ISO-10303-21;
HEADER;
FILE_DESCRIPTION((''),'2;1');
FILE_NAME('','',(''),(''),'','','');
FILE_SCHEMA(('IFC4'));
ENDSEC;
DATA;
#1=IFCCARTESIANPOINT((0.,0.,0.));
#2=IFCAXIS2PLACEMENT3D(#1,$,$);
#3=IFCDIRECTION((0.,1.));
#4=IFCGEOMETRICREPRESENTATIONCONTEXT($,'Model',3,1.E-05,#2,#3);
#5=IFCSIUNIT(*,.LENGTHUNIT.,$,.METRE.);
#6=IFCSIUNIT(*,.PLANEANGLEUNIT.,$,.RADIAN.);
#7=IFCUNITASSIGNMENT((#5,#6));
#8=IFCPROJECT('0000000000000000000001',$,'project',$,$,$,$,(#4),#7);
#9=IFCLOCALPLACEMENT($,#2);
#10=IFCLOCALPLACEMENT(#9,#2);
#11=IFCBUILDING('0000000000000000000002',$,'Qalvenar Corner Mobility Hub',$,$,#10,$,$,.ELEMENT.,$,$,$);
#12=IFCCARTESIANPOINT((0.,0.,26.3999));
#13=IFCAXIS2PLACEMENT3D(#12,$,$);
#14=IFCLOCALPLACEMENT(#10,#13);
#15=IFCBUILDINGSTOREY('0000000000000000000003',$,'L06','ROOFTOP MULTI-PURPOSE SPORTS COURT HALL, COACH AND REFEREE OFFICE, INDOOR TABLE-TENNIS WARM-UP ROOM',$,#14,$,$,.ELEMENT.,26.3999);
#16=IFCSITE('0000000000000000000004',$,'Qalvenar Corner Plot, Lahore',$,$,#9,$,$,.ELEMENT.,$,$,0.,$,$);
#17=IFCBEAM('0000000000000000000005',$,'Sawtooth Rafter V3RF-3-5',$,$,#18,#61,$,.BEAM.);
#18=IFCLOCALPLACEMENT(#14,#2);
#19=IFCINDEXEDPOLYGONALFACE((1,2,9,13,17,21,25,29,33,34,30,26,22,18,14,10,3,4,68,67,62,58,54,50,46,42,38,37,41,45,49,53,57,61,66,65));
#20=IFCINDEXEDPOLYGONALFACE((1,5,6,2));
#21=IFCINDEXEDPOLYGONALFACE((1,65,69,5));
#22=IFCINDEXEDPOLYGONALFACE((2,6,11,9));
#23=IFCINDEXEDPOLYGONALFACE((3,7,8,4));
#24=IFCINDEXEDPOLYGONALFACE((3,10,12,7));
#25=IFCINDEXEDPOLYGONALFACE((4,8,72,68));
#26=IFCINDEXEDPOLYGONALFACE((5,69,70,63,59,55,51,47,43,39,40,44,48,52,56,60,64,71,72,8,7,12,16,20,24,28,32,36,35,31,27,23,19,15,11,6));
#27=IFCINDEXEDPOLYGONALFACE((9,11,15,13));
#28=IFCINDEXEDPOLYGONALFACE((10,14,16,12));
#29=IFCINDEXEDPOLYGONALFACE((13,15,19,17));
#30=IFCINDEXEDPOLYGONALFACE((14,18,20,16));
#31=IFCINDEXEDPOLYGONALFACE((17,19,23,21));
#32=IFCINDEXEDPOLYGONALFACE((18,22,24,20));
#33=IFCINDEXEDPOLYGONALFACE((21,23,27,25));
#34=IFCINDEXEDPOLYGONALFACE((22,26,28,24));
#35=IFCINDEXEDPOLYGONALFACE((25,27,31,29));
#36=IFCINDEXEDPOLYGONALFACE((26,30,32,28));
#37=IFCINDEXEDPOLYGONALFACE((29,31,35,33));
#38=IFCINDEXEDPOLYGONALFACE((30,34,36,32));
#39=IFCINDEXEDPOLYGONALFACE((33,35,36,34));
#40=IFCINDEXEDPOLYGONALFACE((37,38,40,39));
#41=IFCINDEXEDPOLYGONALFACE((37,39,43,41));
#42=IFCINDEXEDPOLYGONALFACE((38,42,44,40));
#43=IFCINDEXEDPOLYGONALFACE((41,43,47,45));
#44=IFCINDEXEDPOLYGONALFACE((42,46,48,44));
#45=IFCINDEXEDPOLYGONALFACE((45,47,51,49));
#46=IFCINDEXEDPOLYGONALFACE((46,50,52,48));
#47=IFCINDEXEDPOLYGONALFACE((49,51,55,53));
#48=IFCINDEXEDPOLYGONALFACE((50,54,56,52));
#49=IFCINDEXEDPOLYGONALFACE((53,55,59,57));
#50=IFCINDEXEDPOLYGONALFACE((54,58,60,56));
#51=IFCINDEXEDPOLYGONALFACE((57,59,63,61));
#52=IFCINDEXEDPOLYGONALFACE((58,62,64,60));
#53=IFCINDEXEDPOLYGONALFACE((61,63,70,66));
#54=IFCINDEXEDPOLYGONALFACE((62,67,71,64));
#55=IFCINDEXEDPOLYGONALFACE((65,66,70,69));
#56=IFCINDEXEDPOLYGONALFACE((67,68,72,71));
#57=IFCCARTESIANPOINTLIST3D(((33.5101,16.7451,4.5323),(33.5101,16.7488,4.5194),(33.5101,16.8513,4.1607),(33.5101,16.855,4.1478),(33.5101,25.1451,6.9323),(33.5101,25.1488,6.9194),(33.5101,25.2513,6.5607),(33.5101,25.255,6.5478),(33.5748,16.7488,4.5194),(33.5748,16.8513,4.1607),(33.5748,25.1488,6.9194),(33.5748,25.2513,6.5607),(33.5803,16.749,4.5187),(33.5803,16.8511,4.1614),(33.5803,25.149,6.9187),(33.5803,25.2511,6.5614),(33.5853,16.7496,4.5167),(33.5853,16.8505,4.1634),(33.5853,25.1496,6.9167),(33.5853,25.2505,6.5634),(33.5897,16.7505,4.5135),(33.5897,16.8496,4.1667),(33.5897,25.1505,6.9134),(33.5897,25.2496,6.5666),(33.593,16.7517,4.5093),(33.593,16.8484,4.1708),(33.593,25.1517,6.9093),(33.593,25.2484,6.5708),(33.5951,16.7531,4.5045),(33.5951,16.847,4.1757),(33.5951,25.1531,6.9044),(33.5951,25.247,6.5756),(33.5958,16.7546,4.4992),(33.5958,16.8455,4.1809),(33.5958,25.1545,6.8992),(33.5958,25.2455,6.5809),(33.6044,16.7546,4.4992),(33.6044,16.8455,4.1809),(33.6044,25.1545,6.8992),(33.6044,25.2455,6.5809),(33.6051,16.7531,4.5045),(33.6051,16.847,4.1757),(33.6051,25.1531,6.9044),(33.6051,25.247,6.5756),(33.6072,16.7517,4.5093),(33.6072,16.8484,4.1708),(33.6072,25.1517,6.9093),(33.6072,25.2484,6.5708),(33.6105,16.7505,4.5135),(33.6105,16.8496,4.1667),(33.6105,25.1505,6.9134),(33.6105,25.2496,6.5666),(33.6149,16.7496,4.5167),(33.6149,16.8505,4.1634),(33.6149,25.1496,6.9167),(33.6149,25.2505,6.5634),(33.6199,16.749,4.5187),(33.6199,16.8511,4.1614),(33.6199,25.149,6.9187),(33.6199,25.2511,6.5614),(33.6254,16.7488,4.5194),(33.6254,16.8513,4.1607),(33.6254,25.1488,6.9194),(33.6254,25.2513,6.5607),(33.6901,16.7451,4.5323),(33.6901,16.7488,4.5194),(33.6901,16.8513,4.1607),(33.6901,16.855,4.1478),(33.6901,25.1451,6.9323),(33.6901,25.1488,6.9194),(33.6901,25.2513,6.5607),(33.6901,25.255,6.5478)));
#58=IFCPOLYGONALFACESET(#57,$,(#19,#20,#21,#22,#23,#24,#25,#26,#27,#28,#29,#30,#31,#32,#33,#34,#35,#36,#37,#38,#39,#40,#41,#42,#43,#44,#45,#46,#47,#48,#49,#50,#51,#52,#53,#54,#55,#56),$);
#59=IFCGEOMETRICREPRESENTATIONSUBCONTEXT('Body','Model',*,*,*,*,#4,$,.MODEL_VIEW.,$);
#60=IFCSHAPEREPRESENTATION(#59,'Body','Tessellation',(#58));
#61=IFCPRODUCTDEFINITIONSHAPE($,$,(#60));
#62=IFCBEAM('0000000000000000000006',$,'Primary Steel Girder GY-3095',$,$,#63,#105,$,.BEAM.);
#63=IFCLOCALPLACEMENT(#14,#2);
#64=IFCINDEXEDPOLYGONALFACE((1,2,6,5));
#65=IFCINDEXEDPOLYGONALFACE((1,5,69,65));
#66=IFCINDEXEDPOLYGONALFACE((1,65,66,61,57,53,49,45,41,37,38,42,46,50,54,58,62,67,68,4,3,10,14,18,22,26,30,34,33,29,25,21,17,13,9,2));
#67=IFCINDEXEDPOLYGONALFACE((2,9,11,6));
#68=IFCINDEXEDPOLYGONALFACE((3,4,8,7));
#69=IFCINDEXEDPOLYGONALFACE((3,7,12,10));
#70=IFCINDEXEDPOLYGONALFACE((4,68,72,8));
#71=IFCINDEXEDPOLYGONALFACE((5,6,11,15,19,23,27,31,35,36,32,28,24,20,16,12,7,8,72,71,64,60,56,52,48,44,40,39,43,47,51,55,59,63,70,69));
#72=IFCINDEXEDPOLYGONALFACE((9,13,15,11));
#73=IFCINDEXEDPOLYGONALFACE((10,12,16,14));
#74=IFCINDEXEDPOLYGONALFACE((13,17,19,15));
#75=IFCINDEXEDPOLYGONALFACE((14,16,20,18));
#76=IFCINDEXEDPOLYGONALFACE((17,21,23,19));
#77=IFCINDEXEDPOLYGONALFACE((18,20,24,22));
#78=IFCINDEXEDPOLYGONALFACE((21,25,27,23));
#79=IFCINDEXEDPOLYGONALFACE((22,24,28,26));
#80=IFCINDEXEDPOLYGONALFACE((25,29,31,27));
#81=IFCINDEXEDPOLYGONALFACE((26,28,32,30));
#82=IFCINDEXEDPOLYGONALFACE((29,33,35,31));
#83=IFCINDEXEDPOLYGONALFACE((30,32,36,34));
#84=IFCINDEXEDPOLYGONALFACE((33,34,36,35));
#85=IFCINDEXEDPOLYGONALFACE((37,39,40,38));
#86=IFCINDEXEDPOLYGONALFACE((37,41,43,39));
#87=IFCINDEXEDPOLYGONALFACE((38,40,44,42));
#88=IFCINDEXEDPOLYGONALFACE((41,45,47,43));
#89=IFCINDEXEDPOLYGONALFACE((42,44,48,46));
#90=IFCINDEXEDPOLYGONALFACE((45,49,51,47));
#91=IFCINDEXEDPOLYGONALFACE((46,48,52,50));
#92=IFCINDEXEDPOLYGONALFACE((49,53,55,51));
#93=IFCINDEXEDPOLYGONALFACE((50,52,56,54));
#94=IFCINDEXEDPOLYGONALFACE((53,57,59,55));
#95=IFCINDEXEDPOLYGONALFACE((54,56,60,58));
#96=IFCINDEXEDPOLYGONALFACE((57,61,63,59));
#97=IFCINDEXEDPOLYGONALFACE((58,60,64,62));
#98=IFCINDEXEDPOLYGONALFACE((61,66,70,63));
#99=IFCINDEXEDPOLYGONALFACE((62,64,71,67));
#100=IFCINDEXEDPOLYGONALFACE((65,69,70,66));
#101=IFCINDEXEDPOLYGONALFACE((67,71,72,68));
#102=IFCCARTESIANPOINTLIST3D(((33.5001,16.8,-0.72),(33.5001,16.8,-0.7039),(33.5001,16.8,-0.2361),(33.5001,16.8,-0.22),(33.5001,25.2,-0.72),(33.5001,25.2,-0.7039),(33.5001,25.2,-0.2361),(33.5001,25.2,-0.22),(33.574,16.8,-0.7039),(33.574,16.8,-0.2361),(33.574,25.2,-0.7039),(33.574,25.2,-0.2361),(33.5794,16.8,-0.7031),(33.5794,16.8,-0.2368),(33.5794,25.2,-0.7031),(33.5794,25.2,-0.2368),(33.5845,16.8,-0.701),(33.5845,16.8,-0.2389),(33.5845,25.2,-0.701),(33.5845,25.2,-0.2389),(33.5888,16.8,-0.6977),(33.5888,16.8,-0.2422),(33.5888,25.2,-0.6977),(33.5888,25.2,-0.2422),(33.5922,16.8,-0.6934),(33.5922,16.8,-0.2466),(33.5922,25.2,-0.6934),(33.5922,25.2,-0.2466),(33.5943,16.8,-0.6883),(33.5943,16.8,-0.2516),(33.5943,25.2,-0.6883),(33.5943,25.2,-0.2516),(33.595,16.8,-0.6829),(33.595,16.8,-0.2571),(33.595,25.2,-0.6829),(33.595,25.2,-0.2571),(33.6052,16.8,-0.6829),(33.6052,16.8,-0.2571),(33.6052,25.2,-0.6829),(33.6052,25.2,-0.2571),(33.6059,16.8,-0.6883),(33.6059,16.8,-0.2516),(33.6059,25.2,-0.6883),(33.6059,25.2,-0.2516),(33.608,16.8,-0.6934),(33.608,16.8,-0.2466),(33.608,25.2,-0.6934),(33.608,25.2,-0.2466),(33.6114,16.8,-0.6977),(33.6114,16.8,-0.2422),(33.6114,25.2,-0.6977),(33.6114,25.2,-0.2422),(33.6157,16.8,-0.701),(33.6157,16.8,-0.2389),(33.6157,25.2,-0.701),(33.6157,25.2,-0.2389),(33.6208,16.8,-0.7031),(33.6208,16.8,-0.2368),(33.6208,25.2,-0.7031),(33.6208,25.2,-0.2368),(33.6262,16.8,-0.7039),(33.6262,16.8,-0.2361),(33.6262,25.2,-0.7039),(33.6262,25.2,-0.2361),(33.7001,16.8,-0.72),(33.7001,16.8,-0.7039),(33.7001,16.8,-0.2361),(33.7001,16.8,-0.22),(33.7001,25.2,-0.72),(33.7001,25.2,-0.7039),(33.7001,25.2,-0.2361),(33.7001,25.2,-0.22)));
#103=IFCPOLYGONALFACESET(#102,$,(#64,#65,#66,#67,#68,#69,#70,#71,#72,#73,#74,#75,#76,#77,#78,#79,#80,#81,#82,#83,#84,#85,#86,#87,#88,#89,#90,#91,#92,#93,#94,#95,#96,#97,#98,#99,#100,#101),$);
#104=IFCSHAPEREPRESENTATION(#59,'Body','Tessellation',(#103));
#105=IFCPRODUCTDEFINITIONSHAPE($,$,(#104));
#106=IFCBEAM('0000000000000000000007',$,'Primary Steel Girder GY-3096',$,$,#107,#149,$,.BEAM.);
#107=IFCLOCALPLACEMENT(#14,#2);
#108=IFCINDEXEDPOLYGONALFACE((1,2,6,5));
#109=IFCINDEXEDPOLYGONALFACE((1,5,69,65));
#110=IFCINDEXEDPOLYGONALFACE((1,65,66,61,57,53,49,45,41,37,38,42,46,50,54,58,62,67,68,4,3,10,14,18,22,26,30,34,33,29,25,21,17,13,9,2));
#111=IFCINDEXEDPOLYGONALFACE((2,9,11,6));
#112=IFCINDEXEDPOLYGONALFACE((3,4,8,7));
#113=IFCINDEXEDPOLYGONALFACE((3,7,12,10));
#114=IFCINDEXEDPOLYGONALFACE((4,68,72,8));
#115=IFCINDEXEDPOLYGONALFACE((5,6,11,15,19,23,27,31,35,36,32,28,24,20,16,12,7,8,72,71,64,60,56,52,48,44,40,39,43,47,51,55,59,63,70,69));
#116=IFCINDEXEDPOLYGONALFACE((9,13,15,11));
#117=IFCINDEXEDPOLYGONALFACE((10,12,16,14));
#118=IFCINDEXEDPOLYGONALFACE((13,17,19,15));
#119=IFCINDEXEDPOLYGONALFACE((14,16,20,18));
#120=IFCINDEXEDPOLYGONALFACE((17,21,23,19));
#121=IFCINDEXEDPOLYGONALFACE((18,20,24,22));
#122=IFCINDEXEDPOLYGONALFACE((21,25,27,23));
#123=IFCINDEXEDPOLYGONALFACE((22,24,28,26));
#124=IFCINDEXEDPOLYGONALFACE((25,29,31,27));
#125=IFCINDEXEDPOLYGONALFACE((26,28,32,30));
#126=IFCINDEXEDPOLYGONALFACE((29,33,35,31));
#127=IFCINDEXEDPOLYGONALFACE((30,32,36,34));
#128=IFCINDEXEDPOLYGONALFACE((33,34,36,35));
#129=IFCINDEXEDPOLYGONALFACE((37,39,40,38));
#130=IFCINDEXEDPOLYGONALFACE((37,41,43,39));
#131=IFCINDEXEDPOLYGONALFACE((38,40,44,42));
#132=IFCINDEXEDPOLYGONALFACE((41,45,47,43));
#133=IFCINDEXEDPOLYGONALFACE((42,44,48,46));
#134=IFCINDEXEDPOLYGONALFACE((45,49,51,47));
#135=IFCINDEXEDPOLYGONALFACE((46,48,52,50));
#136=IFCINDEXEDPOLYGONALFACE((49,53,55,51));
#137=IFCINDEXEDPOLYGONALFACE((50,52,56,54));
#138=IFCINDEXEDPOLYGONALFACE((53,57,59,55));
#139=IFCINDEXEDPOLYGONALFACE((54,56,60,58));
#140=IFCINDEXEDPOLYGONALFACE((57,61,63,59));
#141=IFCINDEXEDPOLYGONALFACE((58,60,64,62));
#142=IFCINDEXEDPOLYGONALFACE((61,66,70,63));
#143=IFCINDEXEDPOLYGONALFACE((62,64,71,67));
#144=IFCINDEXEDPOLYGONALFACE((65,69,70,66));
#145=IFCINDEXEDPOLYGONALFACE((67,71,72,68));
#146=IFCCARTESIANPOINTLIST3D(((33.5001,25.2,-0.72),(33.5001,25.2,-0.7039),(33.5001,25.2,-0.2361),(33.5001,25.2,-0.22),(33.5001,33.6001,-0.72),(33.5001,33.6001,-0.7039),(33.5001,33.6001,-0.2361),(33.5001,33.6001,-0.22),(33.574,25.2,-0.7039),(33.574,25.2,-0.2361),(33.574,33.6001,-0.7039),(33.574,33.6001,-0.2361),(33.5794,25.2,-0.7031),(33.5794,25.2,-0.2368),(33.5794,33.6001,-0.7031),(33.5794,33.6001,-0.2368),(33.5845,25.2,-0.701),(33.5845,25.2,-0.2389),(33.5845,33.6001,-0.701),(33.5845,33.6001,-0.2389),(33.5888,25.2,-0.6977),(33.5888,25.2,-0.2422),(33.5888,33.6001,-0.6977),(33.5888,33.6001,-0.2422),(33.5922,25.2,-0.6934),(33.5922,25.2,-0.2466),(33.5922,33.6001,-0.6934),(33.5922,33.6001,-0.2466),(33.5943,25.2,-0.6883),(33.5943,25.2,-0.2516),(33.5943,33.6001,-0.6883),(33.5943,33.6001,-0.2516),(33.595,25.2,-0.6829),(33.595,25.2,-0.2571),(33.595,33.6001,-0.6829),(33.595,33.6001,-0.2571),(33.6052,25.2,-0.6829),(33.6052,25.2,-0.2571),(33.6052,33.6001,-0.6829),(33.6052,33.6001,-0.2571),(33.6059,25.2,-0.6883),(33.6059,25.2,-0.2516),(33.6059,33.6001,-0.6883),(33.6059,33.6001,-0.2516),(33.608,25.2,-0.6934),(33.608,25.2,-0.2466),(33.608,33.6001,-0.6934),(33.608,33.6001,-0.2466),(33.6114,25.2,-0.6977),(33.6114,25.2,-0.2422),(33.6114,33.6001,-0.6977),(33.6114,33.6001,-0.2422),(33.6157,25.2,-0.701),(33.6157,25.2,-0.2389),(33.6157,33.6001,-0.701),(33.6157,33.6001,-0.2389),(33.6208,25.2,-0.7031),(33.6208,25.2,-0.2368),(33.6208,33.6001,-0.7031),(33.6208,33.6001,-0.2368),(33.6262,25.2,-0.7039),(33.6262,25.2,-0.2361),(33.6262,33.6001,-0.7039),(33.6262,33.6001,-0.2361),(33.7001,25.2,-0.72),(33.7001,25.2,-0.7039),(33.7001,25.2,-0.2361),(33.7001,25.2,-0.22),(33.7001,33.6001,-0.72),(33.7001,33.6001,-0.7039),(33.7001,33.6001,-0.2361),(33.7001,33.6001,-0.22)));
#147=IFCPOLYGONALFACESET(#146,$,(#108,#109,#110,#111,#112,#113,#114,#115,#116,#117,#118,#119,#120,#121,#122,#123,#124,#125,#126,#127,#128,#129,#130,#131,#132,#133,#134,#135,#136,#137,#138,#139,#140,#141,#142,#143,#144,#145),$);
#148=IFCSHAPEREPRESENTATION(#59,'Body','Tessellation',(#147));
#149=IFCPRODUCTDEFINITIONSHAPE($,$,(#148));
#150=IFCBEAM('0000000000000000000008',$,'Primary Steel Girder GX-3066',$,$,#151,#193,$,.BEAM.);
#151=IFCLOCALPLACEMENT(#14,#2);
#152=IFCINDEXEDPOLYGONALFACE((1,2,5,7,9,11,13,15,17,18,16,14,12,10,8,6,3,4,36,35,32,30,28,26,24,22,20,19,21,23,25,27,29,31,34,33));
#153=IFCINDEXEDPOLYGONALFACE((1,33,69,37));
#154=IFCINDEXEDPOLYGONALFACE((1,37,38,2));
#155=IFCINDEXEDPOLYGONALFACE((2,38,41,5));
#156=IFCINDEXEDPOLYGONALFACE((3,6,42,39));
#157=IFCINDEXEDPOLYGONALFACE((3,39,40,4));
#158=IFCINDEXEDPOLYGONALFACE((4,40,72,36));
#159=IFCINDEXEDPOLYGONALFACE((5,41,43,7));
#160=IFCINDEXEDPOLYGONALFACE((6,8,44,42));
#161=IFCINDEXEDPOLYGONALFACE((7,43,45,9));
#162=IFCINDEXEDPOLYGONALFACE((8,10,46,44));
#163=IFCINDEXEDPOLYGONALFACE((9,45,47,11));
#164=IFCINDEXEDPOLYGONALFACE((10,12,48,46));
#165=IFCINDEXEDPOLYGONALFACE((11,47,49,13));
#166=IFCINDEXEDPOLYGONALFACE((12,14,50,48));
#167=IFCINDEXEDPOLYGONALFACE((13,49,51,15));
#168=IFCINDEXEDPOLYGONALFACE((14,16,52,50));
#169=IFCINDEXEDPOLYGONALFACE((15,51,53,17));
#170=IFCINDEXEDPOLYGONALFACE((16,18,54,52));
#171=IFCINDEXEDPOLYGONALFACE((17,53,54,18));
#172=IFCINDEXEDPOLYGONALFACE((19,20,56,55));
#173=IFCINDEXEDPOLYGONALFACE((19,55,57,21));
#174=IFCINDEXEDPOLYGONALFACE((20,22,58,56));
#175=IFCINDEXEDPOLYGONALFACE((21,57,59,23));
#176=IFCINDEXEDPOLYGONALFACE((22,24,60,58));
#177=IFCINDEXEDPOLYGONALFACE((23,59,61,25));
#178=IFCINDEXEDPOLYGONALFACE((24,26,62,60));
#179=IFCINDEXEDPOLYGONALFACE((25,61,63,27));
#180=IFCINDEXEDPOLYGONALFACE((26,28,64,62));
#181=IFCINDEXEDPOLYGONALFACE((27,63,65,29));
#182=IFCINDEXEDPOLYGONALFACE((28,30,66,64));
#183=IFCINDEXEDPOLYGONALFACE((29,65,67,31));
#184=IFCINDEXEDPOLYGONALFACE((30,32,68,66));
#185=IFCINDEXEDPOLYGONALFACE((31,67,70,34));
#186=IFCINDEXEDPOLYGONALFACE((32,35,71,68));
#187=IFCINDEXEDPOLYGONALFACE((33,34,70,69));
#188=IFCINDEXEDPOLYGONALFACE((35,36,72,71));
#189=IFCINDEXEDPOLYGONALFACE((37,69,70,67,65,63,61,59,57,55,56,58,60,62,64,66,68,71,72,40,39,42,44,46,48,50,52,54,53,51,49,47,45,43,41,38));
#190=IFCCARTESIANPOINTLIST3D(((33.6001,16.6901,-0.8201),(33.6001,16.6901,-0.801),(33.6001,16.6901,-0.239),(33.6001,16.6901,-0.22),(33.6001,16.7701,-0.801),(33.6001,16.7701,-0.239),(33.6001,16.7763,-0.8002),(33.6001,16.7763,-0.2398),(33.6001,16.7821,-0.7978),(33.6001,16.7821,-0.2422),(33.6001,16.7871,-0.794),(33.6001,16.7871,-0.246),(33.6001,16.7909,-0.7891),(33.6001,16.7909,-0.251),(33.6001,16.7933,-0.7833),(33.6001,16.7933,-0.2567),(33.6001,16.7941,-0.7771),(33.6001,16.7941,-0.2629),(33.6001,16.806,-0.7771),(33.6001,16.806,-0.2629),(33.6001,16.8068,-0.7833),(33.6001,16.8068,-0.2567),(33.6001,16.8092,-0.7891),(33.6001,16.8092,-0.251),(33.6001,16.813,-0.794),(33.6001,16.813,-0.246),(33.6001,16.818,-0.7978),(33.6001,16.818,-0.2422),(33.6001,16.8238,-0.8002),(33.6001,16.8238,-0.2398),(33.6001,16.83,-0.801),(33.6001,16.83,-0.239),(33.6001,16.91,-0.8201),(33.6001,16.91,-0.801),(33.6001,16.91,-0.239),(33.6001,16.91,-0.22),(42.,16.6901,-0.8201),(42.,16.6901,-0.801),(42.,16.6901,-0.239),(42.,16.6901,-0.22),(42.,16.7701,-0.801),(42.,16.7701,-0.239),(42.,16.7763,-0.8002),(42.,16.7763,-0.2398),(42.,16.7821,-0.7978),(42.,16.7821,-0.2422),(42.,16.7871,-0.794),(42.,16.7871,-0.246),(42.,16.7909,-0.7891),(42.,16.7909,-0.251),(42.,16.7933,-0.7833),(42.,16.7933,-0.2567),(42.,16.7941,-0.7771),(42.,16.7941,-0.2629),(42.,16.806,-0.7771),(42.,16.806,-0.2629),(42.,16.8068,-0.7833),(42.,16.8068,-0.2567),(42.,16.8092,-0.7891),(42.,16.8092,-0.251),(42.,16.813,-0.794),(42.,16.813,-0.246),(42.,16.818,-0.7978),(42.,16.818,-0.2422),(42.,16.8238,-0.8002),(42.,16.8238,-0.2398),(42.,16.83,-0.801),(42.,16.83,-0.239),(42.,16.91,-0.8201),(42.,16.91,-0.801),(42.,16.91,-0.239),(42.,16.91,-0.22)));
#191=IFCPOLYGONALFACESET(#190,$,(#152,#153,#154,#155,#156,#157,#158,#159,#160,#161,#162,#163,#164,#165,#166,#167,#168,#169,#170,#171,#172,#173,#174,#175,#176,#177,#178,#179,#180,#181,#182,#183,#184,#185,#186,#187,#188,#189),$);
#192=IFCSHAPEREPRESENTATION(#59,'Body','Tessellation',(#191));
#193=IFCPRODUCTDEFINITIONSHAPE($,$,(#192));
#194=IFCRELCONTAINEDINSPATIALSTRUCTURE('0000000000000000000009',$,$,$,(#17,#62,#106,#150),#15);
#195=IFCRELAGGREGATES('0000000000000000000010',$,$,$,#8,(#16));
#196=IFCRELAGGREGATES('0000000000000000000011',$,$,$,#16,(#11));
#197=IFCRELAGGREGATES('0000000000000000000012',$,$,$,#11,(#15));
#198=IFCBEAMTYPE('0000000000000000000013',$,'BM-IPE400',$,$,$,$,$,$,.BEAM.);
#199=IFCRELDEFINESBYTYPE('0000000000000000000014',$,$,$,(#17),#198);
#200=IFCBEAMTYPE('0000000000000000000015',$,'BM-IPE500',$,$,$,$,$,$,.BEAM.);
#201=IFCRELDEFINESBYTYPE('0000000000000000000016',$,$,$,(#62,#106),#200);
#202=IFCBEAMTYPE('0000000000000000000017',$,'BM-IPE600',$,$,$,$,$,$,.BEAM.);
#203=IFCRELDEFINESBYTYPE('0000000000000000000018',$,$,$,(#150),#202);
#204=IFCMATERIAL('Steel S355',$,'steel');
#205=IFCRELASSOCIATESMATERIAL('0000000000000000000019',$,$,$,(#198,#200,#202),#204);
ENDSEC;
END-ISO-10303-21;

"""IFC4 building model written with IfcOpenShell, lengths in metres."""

from ifc_helpers import new_model, si_unit, direction, frame, origin, origin_2d, place, context, subcontext, project, spatial, i_section, extrude, material, material_profile, profile_set, type_object, element, save


model = new_model("IFC4")

# Units and contexts
model_context = context("Model", 3, precision=1e-05, world=origin(), true_north=direction((0.0, 1.0)))
body_context = subcontext(model_context, "Body", "Model", "MODEL_VIEW")
ifc_project = project(units=[si_unit("LENGTHUNIT", "METRE"), si_unit("PLANEANGLEUNIT", "RADIAN")], contexts=[model_context])

# Site, building, storey
site_placement = place(None, origin())
site = spatial("IfcSite", under=ifc_project, at=site_placement, Name="Qalvenar Corner Plot, Lahore", CompositionType="ELEMENT", RefElevation=0.0)
building_placement = place(site_placement, origin())
building = spatial("IfcBuilding", under=site, at=building_placement, Name="Qalvenar Corner Mobility Hub", CompositionType="ELEMENT")
storey_placement = place(building_placement, frame((0.0, 0.0, 26.3999)))
storey = spatial("IfcBuildingStorey", under=building, at=storey_placement, Name="L06", Description="ROOFTOP MULTI-PURPOSE SPORTS COURT HALL, COACH AND REFEREE OFFICE, INDOOR TABLE-TENNIS WARM-UP ROOM", CompositionType="ELEMENT", Elevation=26.3999)

# Shared definitions
ifc_material_1 = material(Name="Steel S355", Category="steel")

# Beams
ifc_material_profile_1 = material_profile(ifc_material_1, i_section(OverallWidth=0.1799, OverallDepth=0.3999, WebThickness=0.0085, FlangeThickness=0.0134, FilletRadius=0.021, at=origin_2d()), Name="IPE400")
ifc_profile_set_1 = profile_set([ifc_material_profile_1], Name="Steel S355")
beam_type_1 = type_object("IfcBeamType", Name="BM-IPE400", PredefinedType="BEAM", material=ifc_profile_set_1)
beam_1_placement = place(storey_placement, frame((33.6001, 16.8, 4.3401), z_axis=(0.0, 0.961526, 0.274714), x_axis=(-1.0, 0.0, 0.0)))
element("IfcBeam", 1, at=beam_1_placement, inside=storey, type_object=beam_type_1, Name="Sawtooth Rafter V3RF-3-5", PredefinedType="BEAM", context=body_context, shape_type="SweptSolid", body=[
    extrude(i_section(OverallWidth=0.1799, OverallDepth=0.3999, WebThickness=0.0085, FlangeThickness=0.0134, FilletRadius=0.021, at=origin_2d()), origin(), (0.0, 0.0, 1.0), 8.7361),
])
ifc_material_profile_2 = material_profile(ifc_material_1, i_section(OverallWidth=0.2, OverallDepth=0.5, WebThickness=0.0103, FlangeThickness=0.0161, FilletRadius=0.021, at=origin_2d()), Name="IPE500")
ifc_profile_set_2 = profile_set([ifc_material_profile_2], Name="Steel S355")
beam_type_2 = type_object("IfcBeamType", Name="BM-IPE500", PredefinedType="BEAM", material=ifc_profile_set_2)
beam_2_placement = place(storey_placement, frame((33.6001, 16.8, -0.47), z_axis=(0.0, 1.0, 0.0), x_axis=(-1.0, 0.0, 0.0)))
element("IfcBeam", 2, at=beam_2_placement, inside=storey, type_object=beam_type_2, Name="Primary Steel Girder GY-3095", PredefinedType="BEAM", context=body_context, shape_type="SweptSolid", body=[
    extrude(i_section(OverallWidth=0.2, OverallDepth=0.5, WebThickness=0.0103, FlangeThickness=0.0161, FilletRadius=0.021, at=origin_2d()), origin(), (0.0, 0.0, 1.0), 8.3999),
])
beam_3_placement = place(storey_placement, frame((33.6001, 25.2, -0.47), z_axis=(0.0, 1.0, 0.0), x_axis=(-1.0, 0.0, 0.0)))
element("IfcBeam", 3, at=beam_3_placement, inside=storey, type_object=beam_type_2, Name="Primary Steel Girder GY-3096", PredefinedType="BEAM", context=body_context, shape_type="SweptSolid", body=[
    extrude(i_section(OverallWidth=0.2, OverallDepth=0.5, WebThickness=0.0103, FlangeThickness=0.0161, FilletRadius=0.021, at=origin_2d()), origin(), (0.0, 0.0, 1.0), 8.4001),
])
ifc_material_profile_3 = material_profile(ifc_material_1, i_section(OverallWidth=0.22, OverallDepth=0.6001, WebThickness=0.012, FlangeThickness=0.019, FilletRadius=0.0239, at=origin_2d()), Name="IPE600")
ifc_profile_set_3 = profile_set([ifc_material_profile_3], Name="Steel S355")
beam_type_3 = type_object("IfcBeamType", Name="BM-IPE600", PredefinedType="BEAM", material=ifc_profile_set_3)
for number, where, z_axis, x_axis, name in (
    (4, (33.6001, 16.8, -0.52), (1.0, 0.0, 0.0), (0.0, 1.0, 0.0), "Primary Steel Girder GX-3066"),
):
    element("IfcBeam", number, at=place(storey_placement, frame(where, z_axis=z_axis, x_axis=x_axis)), inside=storey, type_object=beam_type_3, Name=name, PredefinedType="BEAM", context=body_context, shape_type="SweptSolid", body=[
        extrude(i_section(OverallWidth=0.22, OverallDepth=0.6001, WebThickness=0.012, FlangeThickness=0.019, FilletRadius=0.0239, at=origin_2d()), origin(), (0.0, 0.0, 1.0), 8.3999),
    ])

save(model, "model.ifc")
